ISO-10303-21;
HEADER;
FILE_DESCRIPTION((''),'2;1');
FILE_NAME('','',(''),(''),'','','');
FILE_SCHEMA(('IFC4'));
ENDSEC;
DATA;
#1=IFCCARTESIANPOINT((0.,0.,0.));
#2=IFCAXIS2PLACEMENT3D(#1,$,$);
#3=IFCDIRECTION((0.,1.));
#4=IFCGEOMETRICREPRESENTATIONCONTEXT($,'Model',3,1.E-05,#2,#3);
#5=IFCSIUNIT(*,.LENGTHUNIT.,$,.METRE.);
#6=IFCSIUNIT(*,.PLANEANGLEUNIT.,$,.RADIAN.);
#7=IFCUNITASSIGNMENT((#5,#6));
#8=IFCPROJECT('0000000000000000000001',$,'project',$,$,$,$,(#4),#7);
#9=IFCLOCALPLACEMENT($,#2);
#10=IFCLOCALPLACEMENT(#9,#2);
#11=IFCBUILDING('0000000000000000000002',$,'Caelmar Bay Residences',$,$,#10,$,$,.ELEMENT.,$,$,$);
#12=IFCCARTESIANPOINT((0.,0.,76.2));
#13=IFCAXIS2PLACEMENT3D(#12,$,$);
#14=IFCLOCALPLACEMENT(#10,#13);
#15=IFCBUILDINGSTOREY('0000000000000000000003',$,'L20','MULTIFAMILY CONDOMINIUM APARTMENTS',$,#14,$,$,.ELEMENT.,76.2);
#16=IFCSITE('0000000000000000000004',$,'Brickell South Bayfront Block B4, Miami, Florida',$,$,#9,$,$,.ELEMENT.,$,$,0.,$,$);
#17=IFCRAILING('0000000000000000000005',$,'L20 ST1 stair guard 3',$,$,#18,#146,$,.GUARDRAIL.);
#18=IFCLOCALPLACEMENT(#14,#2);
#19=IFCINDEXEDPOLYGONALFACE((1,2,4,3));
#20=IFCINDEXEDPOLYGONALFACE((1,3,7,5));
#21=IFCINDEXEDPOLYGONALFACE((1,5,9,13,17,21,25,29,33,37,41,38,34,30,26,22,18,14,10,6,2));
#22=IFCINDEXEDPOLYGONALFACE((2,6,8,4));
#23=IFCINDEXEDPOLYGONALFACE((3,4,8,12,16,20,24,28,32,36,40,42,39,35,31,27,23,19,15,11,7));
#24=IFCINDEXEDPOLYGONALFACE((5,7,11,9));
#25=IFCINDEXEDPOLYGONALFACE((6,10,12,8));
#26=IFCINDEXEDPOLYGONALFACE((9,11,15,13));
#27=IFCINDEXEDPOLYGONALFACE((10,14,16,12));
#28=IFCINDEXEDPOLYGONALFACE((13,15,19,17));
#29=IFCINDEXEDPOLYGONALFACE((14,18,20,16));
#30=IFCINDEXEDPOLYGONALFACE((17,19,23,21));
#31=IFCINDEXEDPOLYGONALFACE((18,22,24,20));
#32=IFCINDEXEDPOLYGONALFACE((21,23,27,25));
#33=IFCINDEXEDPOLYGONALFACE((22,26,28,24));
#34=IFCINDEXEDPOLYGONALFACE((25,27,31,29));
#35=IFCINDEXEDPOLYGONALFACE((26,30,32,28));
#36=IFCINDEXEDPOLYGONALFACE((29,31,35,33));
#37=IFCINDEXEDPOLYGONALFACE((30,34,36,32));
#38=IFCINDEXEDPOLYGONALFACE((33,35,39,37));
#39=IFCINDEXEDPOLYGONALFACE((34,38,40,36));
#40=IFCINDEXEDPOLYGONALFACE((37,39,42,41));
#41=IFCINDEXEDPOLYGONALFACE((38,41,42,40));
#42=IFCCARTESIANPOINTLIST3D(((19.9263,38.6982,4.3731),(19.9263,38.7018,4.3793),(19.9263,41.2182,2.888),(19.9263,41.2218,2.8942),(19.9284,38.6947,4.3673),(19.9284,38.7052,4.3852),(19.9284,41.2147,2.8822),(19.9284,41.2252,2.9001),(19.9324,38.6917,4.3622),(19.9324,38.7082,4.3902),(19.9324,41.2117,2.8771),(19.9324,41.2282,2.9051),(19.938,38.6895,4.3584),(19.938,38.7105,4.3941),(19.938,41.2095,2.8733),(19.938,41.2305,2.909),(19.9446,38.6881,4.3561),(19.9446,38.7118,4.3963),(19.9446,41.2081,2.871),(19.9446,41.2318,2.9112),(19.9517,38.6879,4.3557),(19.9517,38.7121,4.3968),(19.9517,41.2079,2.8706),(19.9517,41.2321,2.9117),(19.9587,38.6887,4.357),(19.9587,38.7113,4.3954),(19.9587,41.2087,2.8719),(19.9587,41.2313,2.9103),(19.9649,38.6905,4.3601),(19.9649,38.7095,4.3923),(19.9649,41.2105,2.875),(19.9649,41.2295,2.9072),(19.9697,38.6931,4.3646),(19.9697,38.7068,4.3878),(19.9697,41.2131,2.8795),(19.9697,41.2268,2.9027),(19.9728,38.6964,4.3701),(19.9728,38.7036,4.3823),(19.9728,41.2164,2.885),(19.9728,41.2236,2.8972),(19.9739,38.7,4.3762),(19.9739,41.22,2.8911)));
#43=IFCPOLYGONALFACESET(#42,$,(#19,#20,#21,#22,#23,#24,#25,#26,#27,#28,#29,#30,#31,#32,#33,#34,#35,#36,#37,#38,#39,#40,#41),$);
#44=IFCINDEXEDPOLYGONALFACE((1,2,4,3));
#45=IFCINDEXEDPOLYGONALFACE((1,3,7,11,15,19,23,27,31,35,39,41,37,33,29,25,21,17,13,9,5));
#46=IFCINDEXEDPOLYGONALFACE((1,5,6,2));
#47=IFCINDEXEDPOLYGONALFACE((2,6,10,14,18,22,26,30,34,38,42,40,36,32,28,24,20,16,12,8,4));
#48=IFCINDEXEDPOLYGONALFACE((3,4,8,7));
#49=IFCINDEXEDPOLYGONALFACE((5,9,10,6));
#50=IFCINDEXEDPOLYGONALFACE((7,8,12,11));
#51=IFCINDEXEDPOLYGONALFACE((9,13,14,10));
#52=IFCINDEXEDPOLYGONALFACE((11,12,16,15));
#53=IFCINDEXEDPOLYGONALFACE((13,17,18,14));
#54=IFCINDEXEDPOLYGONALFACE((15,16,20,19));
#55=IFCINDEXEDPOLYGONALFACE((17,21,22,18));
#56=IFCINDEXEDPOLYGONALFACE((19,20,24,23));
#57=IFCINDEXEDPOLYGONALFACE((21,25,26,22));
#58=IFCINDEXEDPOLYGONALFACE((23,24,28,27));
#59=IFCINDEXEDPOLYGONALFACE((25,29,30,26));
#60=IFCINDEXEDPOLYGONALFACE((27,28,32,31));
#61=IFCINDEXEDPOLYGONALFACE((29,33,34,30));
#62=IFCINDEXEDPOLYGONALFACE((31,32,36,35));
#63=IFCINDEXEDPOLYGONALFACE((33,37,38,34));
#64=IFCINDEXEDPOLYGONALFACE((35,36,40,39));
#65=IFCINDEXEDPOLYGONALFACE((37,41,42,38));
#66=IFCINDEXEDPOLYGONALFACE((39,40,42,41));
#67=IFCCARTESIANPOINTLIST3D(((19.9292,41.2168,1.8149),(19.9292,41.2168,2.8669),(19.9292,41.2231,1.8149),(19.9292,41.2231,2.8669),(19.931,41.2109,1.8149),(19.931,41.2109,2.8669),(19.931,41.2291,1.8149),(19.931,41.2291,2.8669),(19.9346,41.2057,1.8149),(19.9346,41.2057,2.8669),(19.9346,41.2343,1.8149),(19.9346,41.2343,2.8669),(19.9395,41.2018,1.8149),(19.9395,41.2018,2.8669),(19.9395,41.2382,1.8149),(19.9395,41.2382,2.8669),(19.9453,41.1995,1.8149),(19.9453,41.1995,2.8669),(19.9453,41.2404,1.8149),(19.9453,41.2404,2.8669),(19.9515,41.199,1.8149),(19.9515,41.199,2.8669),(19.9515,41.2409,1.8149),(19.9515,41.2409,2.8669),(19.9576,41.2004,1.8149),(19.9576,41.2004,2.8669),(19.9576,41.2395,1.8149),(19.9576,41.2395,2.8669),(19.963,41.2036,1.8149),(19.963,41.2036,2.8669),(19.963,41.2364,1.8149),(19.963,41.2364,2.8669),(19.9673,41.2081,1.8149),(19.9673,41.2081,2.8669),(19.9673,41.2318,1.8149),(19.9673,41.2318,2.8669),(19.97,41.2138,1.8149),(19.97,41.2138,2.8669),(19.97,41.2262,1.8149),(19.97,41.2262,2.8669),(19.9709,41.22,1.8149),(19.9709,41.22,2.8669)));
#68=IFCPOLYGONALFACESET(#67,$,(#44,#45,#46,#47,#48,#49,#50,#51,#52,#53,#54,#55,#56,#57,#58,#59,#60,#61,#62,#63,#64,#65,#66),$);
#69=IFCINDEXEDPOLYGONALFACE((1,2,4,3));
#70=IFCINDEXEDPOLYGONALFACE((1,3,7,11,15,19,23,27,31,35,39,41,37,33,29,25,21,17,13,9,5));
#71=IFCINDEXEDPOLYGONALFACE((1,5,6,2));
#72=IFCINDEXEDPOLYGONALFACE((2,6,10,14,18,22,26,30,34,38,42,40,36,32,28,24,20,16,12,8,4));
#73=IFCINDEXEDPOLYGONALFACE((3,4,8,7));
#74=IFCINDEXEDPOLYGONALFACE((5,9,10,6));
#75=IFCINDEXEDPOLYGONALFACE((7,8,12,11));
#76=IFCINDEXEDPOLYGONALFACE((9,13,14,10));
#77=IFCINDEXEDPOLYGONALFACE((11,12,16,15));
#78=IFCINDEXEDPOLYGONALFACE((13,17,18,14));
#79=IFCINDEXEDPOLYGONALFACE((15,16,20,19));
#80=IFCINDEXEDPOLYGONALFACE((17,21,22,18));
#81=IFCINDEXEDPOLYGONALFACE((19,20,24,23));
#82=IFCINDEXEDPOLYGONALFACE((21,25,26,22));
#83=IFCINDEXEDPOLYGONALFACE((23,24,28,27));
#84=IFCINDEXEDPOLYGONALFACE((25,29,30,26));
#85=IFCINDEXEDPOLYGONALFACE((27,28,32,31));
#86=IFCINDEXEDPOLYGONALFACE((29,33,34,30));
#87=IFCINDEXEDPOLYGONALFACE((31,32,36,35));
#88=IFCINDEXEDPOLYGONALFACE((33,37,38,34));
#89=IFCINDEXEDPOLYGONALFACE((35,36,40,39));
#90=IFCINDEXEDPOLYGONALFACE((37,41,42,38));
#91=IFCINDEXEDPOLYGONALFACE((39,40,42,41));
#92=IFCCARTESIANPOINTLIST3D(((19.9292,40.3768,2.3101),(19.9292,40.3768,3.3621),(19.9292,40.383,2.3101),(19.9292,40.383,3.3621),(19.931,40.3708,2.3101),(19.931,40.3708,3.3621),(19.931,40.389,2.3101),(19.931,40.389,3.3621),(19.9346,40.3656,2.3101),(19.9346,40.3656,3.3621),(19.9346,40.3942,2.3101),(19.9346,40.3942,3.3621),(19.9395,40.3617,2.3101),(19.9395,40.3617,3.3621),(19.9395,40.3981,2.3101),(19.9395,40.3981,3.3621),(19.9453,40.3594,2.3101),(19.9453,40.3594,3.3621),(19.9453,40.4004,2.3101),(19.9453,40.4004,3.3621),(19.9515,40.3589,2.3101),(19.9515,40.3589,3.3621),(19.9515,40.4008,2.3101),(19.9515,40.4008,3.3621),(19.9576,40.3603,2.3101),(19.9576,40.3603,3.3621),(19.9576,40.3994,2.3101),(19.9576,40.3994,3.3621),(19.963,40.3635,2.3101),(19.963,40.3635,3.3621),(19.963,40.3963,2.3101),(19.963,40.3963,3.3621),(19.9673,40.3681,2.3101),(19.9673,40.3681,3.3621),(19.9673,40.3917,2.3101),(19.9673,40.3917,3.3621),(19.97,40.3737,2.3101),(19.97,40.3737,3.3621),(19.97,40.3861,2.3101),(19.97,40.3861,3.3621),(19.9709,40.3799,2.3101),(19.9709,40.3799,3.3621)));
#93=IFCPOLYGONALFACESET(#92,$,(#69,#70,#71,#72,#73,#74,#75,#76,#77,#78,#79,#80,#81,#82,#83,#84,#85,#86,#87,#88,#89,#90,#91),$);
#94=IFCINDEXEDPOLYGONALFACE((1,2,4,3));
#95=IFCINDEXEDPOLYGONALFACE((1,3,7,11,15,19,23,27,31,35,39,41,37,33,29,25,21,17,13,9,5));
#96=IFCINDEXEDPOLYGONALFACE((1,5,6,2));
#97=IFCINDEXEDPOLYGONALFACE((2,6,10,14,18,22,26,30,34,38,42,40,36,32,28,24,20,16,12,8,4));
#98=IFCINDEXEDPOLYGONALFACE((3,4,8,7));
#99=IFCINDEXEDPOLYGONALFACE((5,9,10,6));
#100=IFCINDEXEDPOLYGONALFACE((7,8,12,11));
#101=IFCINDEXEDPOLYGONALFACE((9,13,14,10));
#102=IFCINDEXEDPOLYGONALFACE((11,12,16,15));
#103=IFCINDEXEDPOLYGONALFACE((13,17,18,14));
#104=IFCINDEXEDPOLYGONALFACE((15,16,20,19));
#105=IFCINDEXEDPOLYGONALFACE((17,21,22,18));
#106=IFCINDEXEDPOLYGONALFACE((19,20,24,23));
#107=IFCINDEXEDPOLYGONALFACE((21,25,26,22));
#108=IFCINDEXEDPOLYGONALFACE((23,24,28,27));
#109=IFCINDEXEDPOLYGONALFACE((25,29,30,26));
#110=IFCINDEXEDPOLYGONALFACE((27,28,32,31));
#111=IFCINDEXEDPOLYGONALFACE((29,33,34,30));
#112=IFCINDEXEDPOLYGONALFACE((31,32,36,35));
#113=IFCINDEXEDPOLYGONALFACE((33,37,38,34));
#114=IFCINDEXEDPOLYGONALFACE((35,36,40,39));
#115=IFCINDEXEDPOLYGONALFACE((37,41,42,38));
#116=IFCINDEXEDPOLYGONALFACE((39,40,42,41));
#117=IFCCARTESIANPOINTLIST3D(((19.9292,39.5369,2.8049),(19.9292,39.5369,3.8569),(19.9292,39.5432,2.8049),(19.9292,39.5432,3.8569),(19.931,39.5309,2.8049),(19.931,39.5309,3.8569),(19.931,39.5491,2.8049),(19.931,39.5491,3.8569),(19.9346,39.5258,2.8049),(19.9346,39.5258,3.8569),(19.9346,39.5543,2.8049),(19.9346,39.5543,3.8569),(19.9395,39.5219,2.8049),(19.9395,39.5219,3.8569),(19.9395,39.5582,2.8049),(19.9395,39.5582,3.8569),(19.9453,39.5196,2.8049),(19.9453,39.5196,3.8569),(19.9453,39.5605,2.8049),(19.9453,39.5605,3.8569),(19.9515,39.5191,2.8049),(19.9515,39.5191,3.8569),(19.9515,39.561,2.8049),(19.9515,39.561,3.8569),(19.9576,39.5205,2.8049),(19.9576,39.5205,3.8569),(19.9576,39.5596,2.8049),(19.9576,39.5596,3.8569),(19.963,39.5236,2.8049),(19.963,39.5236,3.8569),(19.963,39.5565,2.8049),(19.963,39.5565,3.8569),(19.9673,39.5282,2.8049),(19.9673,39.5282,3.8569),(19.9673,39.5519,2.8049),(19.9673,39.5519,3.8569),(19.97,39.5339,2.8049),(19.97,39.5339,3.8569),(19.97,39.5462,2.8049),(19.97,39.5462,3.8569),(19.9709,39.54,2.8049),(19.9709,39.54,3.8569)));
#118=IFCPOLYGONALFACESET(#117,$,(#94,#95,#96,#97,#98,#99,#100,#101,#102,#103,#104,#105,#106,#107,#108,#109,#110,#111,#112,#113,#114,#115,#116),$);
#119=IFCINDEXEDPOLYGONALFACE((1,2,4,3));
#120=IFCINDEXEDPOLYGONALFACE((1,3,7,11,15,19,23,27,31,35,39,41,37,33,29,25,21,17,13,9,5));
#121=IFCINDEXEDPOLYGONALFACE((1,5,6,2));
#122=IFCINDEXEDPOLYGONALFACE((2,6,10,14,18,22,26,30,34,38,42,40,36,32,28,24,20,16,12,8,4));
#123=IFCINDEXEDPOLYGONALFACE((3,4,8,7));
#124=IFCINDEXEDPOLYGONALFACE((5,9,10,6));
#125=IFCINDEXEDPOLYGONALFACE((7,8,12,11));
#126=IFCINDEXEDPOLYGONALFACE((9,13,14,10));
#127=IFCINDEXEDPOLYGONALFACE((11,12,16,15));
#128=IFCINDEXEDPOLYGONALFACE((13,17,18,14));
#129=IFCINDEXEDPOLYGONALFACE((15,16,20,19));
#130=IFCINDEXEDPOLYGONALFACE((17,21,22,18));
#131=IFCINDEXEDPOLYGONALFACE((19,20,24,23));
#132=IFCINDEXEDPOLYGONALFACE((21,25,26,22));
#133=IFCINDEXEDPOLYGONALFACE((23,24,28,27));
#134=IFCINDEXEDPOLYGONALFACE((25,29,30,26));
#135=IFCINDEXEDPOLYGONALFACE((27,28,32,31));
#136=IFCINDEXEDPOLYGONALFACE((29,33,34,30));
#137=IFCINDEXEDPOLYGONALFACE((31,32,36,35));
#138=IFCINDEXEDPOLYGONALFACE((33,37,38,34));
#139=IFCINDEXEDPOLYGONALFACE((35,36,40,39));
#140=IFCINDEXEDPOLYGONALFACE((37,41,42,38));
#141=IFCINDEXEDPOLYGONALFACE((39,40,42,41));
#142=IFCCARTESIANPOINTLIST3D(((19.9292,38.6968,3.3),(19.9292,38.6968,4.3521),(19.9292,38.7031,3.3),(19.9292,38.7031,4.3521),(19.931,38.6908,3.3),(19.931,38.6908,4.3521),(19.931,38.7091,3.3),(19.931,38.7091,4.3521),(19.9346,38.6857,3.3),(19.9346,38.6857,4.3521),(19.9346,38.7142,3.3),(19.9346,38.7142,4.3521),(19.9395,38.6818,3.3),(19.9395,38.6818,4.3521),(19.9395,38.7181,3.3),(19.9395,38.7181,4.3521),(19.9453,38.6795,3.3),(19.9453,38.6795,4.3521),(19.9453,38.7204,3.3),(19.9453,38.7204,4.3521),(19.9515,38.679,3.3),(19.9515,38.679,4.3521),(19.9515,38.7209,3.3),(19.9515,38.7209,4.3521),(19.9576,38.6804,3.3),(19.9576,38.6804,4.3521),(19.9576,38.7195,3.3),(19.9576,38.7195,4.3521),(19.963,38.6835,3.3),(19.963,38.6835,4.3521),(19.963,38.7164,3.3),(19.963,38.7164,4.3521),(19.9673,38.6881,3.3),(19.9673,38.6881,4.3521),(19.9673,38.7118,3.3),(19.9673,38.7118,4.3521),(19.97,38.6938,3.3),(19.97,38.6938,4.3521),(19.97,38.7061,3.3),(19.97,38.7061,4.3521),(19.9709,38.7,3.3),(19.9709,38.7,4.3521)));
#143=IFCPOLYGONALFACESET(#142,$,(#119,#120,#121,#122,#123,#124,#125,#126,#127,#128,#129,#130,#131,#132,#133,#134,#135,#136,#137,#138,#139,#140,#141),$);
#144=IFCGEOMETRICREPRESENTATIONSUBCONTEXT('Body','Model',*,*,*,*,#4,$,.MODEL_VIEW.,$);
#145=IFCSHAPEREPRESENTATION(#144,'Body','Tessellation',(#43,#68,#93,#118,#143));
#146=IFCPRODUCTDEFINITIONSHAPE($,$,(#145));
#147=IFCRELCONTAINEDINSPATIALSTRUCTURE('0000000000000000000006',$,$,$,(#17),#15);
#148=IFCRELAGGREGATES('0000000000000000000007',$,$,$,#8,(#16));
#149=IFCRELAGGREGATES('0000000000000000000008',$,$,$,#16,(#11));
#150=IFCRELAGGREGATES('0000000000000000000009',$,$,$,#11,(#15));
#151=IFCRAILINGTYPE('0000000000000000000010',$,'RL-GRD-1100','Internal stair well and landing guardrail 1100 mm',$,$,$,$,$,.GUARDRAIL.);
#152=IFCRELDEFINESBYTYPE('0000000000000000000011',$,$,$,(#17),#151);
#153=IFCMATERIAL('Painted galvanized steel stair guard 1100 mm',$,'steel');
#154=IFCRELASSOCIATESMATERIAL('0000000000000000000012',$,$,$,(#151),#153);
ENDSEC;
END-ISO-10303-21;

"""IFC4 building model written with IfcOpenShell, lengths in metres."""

from ifc_helpers import new_model, si_unit, direction, frame, origin, origin_2d, place, context, subcontext, project, spatial, circle, extrude, material, type_object, element, save


model = new_model("IFC4")

# Units and contexts
model_context = context("Model", 3, precision=1e-05, world=origin(), true_north=direction((0.0, 1.0)))
body_context = subcontext(model_context, "Body", "Model", "MODEL_VIEW")
ifc_project = project(units=[si_unit("LENGTHUNIT", "METRE"), si_unit("PLANEANGLEUNIT", "RADIAN")], contexts=[model_context])

# Site, building, storey
site_placement = place(None, origin())
site = spatial("IfcSite", under=ifc_project, at=site_placement, Name="Brickell South Bayfront Block B4, Miami, Florida", CompositionType="ELEMENT", RefElevation=0.0)
building_placement = place(site_placement, origin())
building = spatial("IfcBuilding", under=site, at=building_placement, Name="Caelmar Bay Residences", CompositionType="ELEMENT")
storey_placement = place(building_placement, frame((0.0, 0.0, 76.2)))
storey = spatial("IfcBuildingStorey", under=building, at=storey_placement, Name="L20", Description="MULTIFAMILY CONDOMINIUM APARTMENTS", CompositionType="ELEMENT", Elevation=76.2)

# Railing
ifc_material_1 = material(Name="Painted galvanized steel stair guard 1100 mm", Category="steel")
railing_type_1 = type_object("IfcRailingType", Name="RL-GRD-1100", Description="Internal stair well and landing guardrail 1100 mm", PredefinedType="GUARDRAIL", material=ifc_material_1)
railing_1_placement = place(storey_placement, frame((19.95, 41.22, 1.8149)))
element("IfcRailing", 1, at=railing_1_placement, inside=storey, type_object=railing_type_1, Name="L20 ST1 stair guard 3", PredefinedType="GUARDRAIL", context=body_context, shape_type="SweptSolid", body=[
    extrude(circle(Radius=0.0239, at=origin_2d()), frame((0.0, 0.0, 1.0762), z_axis=(0.0, -0.861524, 0.507717), x_axis=(1.0, 0.0, 0.0)), (0.0, 0.0, 1.0), 2.925),
    extrude(circle(Radius=0.021, at=origin_2d()), origin(), (0.0, 0.0, 1.0), 1.052),
    extrude(circle(Radius=0.021, at=origin_2d()), frame((0.0, -0.8401, 0.4951)), (0.0, 0.0, 1.0), 1.052),
    extrude(circle(Radius=0.021, at=origin_2d()), frame((0.0, -1.6799, 0.99)), (0.0, 0.0, 1.0), 1.052),
    extrude(circle(Radius=0.021, at=origin_2d()), frame((0.0, -2.52, 1.4851)), (0.0, 0.0, 1.0), 1.052),
])

save(model, "model.ifc")
